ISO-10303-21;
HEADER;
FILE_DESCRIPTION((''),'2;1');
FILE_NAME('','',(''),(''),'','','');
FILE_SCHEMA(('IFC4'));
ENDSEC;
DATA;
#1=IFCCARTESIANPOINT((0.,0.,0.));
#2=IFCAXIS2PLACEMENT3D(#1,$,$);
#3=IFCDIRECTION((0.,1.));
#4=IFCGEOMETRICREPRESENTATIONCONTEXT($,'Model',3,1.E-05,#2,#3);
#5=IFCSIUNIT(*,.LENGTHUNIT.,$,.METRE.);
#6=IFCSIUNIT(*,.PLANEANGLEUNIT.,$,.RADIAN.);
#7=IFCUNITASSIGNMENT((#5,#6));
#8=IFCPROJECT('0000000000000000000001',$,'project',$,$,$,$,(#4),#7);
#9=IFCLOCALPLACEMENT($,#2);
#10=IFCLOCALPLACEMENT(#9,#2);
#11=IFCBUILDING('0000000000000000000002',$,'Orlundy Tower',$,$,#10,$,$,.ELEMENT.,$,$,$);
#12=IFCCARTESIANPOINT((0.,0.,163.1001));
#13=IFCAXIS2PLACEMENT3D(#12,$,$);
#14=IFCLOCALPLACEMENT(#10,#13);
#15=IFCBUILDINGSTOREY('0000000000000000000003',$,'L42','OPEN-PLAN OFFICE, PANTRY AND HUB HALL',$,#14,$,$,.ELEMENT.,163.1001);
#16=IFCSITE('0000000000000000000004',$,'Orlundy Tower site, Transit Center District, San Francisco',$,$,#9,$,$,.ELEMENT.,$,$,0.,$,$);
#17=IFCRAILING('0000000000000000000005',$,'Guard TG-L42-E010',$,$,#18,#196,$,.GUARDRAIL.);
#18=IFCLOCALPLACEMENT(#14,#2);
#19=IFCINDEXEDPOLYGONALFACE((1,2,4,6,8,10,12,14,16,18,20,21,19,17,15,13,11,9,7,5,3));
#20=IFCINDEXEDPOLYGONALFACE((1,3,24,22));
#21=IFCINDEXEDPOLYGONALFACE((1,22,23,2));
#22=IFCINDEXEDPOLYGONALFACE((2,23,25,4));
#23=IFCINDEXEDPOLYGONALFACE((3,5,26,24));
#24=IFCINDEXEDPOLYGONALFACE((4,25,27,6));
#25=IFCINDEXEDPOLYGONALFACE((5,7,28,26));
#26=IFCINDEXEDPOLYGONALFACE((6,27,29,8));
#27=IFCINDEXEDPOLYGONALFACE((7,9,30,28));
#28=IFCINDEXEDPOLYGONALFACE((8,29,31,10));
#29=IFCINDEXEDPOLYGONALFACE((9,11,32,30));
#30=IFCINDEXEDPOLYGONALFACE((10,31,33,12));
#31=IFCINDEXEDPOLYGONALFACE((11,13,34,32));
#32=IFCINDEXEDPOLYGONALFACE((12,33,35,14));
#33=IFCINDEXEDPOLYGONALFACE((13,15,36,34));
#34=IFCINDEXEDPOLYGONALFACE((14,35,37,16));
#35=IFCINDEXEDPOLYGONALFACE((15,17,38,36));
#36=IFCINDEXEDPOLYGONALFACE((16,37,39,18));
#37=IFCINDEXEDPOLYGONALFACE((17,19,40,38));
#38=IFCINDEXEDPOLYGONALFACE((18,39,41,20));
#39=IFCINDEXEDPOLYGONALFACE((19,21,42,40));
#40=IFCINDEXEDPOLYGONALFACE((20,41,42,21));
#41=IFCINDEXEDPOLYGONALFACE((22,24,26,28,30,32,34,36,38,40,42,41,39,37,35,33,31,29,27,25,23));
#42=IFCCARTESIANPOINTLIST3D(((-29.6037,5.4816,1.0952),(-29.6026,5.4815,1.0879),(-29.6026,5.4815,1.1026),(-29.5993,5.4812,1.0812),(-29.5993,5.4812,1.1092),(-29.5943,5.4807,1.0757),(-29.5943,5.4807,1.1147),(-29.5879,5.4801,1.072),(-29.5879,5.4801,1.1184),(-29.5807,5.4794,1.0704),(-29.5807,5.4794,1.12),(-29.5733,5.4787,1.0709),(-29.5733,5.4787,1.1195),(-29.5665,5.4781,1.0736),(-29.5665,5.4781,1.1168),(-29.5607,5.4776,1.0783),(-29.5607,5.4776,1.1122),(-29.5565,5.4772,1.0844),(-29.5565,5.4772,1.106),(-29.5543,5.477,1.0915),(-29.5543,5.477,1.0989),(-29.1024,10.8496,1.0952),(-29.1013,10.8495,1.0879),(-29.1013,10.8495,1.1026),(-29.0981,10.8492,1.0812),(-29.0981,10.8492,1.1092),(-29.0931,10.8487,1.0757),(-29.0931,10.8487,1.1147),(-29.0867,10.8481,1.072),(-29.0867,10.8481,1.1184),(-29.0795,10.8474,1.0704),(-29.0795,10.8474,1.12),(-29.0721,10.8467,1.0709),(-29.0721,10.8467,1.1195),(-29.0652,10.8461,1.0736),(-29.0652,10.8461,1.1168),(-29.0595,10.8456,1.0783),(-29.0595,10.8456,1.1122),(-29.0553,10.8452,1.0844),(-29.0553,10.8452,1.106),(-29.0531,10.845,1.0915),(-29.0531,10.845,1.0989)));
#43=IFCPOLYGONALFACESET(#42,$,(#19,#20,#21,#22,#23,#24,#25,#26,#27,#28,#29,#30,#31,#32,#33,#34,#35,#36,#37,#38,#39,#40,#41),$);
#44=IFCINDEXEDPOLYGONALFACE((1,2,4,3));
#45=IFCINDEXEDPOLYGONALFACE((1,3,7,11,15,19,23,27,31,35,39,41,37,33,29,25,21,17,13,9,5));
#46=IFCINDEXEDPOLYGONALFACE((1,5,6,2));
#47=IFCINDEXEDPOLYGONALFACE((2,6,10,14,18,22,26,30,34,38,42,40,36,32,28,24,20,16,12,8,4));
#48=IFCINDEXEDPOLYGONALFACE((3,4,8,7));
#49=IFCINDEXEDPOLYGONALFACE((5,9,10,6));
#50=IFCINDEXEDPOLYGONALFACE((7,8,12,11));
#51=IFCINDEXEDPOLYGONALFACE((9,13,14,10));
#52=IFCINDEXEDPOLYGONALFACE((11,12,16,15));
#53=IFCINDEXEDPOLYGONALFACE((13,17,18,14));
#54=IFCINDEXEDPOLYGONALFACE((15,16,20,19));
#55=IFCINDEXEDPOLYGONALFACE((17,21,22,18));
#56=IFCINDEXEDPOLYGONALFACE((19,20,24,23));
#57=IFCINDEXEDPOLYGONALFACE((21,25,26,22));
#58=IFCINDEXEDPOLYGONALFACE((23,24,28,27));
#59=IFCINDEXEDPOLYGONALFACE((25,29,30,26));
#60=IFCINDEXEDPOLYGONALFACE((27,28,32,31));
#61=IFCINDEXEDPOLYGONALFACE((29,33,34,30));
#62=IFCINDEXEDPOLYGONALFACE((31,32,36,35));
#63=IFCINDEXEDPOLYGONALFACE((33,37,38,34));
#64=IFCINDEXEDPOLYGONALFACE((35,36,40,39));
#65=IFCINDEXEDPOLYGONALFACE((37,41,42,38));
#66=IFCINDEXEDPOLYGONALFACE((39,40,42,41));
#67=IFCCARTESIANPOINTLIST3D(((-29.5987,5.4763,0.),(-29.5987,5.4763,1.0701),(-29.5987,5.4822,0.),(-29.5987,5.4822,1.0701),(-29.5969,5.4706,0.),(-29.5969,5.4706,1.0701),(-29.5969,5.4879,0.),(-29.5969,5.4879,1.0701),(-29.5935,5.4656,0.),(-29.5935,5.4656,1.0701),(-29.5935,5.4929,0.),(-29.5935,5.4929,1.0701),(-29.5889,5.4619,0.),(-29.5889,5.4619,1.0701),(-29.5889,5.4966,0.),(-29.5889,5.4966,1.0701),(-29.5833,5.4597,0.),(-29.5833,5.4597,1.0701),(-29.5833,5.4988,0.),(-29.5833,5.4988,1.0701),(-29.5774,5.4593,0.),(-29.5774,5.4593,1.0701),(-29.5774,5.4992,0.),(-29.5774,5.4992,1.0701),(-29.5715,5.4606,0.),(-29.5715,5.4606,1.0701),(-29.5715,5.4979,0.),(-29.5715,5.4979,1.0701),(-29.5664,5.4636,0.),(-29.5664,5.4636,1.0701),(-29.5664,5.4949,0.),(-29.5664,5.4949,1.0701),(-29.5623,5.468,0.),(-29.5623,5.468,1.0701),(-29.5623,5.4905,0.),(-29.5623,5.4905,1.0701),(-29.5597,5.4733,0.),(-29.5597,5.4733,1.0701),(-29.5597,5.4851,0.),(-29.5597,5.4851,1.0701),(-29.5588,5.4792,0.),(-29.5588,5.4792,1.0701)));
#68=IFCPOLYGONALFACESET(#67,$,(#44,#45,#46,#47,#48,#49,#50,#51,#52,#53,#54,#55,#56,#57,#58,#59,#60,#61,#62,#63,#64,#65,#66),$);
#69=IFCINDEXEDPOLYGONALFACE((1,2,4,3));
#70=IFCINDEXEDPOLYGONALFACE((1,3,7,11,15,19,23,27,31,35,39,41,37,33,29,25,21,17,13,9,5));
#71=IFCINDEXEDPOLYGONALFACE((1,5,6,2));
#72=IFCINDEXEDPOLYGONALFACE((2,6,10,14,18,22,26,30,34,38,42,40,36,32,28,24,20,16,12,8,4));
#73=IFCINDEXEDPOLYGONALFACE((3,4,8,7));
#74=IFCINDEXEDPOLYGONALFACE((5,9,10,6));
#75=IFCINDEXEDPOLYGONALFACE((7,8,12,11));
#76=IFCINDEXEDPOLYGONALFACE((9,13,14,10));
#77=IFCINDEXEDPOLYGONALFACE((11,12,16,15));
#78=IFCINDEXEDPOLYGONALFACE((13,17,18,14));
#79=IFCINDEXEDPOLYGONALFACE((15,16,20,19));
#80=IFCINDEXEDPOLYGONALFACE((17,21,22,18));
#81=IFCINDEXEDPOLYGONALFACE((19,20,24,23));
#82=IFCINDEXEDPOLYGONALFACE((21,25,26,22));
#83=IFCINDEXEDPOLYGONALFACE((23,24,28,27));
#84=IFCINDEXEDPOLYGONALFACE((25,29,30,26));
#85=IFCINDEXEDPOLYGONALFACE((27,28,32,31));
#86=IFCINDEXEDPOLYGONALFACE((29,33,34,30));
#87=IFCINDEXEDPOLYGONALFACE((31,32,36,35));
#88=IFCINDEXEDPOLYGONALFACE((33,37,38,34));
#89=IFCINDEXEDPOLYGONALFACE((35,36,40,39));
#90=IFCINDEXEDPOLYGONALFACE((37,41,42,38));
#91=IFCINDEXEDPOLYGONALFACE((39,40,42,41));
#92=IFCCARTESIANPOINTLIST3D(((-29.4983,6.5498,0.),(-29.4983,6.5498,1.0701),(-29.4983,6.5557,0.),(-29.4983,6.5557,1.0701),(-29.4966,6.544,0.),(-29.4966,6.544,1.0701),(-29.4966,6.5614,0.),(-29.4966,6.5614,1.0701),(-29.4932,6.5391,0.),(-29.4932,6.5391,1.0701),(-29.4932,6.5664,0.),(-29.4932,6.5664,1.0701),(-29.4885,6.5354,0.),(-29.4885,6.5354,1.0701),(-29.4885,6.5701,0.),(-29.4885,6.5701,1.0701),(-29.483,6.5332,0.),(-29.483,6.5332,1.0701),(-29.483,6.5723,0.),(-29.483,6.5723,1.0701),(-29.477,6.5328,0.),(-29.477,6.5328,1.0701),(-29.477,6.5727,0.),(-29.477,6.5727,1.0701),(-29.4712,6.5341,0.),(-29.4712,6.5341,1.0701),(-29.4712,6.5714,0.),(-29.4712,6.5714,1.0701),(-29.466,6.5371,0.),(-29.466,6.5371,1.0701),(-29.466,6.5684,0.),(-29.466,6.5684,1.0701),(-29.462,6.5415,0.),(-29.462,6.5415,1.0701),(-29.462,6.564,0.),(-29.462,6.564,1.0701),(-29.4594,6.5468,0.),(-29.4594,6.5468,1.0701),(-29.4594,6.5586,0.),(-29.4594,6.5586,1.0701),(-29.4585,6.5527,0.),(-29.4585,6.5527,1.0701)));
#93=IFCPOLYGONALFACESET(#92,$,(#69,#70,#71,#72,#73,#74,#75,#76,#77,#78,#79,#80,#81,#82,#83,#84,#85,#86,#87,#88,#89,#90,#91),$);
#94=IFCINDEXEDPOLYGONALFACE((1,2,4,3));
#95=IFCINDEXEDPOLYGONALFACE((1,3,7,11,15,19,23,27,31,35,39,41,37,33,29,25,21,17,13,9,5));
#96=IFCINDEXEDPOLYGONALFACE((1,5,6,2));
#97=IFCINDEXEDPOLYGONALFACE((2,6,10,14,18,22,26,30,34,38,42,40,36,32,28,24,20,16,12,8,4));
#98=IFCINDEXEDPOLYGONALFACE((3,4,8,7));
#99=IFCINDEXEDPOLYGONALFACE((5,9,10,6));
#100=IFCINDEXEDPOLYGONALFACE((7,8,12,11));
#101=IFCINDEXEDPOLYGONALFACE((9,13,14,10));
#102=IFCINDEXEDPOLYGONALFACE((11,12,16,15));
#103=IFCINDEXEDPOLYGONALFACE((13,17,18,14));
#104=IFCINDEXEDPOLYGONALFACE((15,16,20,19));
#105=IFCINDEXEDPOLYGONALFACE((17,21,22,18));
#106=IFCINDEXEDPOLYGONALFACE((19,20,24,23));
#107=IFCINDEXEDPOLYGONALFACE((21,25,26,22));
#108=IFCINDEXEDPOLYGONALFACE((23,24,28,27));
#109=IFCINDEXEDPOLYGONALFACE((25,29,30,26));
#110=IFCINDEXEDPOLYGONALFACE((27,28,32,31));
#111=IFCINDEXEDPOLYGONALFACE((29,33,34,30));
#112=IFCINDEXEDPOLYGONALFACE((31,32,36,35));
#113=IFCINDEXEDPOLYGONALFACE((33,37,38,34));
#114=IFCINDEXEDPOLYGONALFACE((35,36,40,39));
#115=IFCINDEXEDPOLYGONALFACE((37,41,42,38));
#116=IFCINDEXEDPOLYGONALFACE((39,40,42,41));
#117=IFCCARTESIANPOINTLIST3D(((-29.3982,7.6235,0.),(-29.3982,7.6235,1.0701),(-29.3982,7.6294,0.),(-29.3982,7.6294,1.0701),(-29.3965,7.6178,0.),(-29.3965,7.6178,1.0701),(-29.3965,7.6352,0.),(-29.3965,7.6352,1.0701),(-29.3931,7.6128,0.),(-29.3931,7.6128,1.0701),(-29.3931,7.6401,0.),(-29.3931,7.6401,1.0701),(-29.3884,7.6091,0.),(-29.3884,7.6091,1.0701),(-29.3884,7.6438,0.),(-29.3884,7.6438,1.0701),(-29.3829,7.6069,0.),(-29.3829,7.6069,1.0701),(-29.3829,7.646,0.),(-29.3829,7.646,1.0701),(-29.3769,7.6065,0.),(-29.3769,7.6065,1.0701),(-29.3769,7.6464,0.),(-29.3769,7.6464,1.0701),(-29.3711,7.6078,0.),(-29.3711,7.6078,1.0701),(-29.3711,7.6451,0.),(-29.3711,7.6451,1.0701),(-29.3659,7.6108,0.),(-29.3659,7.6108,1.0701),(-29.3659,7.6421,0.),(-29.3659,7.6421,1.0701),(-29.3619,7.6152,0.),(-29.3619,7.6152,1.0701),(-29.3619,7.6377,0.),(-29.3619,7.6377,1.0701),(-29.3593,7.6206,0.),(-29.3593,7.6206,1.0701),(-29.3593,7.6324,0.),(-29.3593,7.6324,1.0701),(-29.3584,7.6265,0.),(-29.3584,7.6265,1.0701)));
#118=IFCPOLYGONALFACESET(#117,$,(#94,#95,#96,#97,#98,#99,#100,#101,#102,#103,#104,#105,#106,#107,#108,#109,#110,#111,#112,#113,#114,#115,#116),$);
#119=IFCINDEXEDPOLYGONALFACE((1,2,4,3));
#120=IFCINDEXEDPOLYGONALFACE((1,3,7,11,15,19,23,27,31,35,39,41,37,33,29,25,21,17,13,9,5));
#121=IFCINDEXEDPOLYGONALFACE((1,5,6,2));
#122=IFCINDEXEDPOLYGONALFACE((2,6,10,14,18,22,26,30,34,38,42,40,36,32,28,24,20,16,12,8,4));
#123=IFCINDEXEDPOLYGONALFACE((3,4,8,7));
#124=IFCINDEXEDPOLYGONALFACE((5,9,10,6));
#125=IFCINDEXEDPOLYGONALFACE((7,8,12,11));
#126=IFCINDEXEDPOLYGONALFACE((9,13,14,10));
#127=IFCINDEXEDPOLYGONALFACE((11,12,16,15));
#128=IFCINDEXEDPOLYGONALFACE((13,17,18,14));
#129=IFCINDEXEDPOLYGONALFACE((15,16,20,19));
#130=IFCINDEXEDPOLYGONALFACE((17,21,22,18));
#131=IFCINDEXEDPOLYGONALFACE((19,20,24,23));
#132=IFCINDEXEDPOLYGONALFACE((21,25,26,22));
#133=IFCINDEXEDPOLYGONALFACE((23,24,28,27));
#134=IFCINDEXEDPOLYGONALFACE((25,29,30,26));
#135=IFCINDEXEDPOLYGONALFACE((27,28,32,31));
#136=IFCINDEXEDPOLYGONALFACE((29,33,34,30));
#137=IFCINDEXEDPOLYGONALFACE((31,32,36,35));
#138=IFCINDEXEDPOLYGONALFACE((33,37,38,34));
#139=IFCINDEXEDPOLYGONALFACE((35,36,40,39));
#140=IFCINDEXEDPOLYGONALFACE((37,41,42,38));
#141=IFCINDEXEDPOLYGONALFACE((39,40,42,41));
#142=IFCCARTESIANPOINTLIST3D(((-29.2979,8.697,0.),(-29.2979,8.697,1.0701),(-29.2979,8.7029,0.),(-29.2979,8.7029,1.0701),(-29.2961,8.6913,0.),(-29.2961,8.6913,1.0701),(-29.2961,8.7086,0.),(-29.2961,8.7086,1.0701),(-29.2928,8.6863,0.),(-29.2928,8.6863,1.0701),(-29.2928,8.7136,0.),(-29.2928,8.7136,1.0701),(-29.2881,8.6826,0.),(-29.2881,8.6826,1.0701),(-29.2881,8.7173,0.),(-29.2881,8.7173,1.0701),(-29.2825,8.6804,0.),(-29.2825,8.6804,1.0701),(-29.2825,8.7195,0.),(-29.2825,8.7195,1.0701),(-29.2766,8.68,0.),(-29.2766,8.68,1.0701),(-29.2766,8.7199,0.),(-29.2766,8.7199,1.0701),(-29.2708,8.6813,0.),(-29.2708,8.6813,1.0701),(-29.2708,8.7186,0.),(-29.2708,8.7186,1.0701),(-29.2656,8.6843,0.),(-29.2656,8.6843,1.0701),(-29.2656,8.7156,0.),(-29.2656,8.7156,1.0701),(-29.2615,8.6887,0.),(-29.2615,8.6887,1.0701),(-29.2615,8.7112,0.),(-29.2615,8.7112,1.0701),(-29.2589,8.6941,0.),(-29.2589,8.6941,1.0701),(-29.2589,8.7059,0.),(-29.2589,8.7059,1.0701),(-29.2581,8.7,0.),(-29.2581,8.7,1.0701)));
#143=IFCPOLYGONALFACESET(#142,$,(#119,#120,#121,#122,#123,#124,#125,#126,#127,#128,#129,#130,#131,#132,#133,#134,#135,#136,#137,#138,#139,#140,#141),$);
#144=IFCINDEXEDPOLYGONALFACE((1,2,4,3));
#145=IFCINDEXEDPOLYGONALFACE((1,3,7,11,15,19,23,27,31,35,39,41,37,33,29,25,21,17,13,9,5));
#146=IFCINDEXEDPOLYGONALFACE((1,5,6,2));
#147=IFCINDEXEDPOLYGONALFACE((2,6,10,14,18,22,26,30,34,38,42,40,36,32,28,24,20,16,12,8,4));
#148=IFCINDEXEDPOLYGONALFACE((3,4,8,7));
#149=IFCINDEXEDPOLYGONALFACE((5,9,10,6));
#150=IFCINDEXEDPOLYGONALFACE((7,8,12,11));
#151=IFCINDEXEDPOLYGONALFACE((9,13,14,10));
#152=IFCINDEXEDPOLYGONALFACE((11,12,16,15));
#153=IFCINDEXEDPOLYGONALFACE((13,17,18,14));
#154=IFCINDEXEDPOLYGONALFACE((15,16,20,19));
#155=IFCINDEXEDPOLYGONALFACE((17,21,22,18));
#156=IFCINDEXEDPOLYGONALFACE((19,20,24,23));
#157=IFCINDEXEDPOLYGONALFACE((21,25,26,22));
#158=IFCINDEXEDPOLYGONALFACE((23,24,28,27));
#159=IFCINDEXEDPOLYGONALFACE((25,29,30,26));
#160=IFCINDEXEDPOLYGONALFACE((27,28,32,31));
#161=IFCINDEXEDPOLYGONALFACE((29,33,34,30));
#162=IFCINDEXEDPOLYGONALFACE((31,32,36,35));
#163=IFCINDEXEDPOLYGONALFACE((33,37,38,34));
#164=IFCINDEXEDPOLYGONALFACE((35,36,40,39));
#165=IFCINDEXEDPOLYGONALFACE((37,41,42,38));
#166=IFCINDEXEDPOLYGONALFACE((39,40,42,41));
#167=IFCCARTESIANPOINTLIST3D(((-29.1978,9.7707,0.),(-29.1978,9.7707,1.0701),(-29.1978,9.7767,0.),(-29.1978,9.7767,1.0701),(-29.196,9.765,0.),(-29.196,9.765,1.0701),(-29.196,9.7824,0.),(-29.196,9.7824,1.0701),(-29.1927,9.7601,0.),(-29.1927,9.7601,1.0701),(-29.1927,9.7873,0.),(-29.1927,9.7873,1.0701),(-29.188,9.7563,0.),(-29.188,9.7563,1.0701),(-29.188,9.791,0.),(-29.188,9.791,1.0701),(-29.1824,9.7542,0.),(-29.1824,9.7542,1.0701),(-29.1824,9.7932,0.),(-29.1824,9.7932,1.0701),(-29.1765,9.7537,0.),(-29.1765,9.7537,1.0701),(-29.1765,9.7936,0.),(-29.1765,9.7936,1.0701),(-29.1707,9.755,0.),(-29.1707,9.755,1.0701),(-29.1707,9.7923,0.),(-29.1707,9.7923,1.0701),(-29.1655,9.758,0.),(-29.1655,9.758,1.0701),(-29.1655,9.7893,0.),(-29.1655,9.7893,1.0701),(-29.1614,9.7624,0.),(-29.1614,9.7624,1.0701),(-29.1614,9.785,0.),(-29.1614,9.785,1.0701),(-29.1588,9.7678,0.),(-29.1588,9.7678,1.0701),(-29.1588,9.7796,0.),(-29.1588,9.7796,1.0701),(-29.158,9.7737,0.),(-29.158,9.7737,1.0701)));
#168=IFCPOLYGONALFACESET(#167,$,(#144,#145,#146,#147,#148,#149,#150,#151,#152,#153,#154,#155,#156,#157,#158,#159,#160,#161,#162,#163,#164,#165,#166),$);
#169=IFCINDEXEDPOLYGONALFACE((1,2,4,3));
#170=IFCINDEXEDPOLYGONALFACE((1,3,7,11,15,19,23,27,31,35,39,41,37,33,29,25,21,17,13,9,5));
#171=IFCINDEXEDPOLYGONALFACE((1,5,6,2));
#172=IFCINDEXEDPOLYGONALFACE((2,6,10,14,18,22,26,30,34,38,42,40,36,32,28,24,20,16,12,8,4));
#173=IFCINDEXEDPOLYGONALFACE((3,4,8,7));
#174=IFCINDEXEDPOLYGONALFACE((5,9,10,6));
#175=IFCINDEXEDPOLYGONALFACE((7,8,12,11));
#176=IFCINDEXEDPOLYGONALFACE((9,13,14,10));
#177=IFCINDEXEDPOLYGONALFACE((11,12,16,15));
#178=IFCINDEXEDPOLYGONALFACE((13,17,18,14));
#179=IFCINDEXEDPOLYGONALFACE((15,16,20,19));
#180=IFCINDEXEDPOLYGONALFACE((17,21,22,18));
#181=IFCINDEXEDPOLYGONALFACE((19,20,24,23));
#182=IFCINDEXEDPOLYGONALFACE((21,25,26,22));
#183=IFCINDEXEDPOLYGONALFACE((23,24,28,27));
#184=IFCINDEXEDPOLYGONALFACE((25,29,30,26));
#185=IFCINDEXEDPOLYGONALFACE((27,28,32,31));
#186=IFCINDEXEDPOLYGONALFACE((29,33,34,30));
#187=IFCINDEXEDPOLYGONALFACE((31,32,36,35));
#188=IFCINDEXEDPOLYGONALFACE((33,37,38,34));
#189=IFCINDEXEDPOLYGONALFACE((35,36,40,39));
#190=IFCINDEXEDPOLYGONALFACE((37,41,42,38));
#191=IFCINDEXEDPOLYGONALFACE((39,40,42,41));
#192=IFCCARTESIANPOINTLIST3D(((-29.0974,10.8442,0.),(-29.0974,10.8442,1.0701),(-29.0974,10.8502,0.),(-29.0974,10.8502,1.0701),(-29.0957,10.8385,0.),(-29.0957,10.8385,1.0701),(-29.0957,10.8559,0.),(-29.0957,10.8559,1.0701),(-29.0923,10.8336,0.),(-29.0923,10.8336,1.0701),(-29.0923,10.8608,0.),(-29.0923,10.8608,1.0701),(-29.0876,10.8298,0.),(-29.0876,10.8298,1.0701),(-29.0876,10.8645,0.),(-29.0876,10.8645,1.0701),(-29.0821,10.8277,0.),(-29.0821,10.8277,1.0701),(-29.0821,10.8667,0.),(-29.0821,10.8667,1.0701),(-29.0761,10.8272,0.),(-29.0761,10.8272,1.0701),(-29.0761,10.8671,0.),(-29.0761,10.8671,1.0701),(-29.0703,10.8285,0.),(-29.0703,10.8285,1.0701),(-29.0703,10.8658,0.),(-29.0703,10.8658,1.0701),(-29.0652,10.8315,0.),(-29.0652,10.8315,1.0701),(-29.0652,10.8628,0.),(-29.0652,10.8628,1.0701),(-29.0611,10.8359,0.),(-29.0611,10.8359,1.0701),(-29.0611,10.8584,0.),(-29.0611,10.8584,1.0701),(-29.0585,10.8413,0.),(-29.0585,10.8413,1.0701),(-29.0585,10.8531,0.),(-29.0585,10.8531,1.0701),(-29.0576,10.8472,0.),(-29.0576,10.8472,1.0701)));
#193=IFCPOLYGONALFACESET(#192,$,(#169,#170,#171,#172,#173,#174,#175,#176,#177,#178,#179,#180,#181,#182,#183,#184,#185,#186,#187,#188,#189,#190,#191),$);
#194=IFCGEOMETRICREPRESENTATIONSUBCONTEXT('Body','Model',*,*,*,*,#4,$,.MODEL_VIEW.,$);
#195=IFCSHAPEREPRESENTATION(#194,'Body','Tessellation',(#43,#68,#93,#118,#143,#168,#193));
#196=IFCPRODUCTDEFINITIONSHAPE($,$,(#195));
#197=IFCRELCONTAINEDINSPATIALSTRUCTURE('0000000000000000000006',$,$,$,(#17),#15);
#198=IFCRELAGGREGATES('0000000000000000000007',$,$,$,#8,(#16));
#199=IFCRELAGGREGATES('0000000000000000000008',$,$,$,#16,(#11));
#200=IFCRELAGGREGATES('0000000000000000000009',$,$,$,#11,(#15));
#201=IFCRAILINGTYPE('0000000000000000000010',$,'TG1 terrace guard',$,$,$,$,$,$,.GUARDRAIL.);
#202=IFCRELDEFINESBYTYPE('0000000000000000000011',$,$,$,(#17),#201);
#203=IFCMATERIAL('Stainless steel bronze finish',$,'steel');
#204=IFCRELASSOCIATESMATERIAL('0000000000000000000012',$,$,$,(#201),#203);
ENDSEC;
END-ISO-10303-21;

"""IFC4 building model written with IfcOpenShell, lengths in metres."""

from ifc_helpers import new_model, si_unit, direction, frame, origin, origin_2d, place, context, subcontext, project, spatial, circle, extrude, material, type_object, element, save


model = new_model("IFC4")

# Units and contexts
model_context = context("Model", 3, precision=1e-05, world=origin(), true_north=direction((0.0, 1.0)))
body_context = subcontext(model_context, "Body", "Model", "MODEL_VIEW")
ifc_project = project(units=[si_unit("LENGTHUNIT", "METRE"), si_unit("PLANEANGLEUNIT", "RADIAN")], contexts=[model_context])

# Site, building, storey
site_placement = place(None, origin())
site = spatial("IfcSite", under=ifc_project, at=site_placement, Name="Orlundy Tower site, Transit Center District, San Francisco", CompositionType="ELEMENT", RefElevation=0.0)
building_placement = place(site_placement, origin())
building = spatial("IfcBuilding", under=site, at=building_placement, Name="Orlundy Tower", CompositionType="ELEMENT")
storey_placement = place(building_placement, frame((0.0, 0.0, 163.1001)))
storey = spatial("IfcBuildingStorey", under=building, at=storey_placement, Name="L42", Description="OPEN-PLAN OFFICE, PANTRY AND HUB HALL", CompositionType="ELEMENT", Elevation=163.1001)

# Railing
ifc_material_1 = material(Name="Stainless steel bronze finish", Category="steel")
railing_type = type_object("IfcRailingType", Name="TG1 terrace guard", PredefinedType="GUARDRAIL", material=ifc_material_1)
railing_1_placement = place(storey_placement, frame((-29.5789, 5.4792, 0.0)))
element("IfcRailing", 1, at=railing_1_placement, inside=storey, type_object=railing_type, Name="Guard TG-L42-E010", PredefinedType="GUARDRAIL", context=body_context, shape_type="SweptSolid", body=[
    extrude(circle(Radius=0.0249, at=origin_2d()), frame((0.0, 0.0, 1.0952), z_axis=(0.092969, 0.995669, 0.0), x_axis=(-0.995669, 0.092969, 0.0)), (0.0, 0.0, 1.0), 5.3914),
    extrude(circle(Radius=0.02, at=origin_2d()), origin(), (0.0, 0.0, 1.0), 1.0701),
    extrude(circle(Radius=0.02, at=origin_2d()), frame((0.1003, 1.0735, 0.0)), (0.0, 0.0, 1.0), 1.0701),
    extrude(circle(Radius=0.02, at=origin_2d()), frame((0.2004, 2.1472, 0.0)), (0.0, 0.0, 1.0), 1.0701),
    extrude(circle(Radius=0.02, at=origin_2d()), frame((0.3008, 3.2207, 0.0)), (0.0, 0.0, 1.0), 1.0701),
    extrude(circle(Radius=0.02, at=origin_2d()), frame((0.4009, 4.2944, 0.0)), (0.0, 0.0, 1.0), 1.0701),
    extrude(circle(Radius=0.02, at=origin_2d()), frame((0.5012, 5.3679, 0.0)), (0.0, 0.0, 1.0), 1.0701),
])

save(model, "model.ifc")
